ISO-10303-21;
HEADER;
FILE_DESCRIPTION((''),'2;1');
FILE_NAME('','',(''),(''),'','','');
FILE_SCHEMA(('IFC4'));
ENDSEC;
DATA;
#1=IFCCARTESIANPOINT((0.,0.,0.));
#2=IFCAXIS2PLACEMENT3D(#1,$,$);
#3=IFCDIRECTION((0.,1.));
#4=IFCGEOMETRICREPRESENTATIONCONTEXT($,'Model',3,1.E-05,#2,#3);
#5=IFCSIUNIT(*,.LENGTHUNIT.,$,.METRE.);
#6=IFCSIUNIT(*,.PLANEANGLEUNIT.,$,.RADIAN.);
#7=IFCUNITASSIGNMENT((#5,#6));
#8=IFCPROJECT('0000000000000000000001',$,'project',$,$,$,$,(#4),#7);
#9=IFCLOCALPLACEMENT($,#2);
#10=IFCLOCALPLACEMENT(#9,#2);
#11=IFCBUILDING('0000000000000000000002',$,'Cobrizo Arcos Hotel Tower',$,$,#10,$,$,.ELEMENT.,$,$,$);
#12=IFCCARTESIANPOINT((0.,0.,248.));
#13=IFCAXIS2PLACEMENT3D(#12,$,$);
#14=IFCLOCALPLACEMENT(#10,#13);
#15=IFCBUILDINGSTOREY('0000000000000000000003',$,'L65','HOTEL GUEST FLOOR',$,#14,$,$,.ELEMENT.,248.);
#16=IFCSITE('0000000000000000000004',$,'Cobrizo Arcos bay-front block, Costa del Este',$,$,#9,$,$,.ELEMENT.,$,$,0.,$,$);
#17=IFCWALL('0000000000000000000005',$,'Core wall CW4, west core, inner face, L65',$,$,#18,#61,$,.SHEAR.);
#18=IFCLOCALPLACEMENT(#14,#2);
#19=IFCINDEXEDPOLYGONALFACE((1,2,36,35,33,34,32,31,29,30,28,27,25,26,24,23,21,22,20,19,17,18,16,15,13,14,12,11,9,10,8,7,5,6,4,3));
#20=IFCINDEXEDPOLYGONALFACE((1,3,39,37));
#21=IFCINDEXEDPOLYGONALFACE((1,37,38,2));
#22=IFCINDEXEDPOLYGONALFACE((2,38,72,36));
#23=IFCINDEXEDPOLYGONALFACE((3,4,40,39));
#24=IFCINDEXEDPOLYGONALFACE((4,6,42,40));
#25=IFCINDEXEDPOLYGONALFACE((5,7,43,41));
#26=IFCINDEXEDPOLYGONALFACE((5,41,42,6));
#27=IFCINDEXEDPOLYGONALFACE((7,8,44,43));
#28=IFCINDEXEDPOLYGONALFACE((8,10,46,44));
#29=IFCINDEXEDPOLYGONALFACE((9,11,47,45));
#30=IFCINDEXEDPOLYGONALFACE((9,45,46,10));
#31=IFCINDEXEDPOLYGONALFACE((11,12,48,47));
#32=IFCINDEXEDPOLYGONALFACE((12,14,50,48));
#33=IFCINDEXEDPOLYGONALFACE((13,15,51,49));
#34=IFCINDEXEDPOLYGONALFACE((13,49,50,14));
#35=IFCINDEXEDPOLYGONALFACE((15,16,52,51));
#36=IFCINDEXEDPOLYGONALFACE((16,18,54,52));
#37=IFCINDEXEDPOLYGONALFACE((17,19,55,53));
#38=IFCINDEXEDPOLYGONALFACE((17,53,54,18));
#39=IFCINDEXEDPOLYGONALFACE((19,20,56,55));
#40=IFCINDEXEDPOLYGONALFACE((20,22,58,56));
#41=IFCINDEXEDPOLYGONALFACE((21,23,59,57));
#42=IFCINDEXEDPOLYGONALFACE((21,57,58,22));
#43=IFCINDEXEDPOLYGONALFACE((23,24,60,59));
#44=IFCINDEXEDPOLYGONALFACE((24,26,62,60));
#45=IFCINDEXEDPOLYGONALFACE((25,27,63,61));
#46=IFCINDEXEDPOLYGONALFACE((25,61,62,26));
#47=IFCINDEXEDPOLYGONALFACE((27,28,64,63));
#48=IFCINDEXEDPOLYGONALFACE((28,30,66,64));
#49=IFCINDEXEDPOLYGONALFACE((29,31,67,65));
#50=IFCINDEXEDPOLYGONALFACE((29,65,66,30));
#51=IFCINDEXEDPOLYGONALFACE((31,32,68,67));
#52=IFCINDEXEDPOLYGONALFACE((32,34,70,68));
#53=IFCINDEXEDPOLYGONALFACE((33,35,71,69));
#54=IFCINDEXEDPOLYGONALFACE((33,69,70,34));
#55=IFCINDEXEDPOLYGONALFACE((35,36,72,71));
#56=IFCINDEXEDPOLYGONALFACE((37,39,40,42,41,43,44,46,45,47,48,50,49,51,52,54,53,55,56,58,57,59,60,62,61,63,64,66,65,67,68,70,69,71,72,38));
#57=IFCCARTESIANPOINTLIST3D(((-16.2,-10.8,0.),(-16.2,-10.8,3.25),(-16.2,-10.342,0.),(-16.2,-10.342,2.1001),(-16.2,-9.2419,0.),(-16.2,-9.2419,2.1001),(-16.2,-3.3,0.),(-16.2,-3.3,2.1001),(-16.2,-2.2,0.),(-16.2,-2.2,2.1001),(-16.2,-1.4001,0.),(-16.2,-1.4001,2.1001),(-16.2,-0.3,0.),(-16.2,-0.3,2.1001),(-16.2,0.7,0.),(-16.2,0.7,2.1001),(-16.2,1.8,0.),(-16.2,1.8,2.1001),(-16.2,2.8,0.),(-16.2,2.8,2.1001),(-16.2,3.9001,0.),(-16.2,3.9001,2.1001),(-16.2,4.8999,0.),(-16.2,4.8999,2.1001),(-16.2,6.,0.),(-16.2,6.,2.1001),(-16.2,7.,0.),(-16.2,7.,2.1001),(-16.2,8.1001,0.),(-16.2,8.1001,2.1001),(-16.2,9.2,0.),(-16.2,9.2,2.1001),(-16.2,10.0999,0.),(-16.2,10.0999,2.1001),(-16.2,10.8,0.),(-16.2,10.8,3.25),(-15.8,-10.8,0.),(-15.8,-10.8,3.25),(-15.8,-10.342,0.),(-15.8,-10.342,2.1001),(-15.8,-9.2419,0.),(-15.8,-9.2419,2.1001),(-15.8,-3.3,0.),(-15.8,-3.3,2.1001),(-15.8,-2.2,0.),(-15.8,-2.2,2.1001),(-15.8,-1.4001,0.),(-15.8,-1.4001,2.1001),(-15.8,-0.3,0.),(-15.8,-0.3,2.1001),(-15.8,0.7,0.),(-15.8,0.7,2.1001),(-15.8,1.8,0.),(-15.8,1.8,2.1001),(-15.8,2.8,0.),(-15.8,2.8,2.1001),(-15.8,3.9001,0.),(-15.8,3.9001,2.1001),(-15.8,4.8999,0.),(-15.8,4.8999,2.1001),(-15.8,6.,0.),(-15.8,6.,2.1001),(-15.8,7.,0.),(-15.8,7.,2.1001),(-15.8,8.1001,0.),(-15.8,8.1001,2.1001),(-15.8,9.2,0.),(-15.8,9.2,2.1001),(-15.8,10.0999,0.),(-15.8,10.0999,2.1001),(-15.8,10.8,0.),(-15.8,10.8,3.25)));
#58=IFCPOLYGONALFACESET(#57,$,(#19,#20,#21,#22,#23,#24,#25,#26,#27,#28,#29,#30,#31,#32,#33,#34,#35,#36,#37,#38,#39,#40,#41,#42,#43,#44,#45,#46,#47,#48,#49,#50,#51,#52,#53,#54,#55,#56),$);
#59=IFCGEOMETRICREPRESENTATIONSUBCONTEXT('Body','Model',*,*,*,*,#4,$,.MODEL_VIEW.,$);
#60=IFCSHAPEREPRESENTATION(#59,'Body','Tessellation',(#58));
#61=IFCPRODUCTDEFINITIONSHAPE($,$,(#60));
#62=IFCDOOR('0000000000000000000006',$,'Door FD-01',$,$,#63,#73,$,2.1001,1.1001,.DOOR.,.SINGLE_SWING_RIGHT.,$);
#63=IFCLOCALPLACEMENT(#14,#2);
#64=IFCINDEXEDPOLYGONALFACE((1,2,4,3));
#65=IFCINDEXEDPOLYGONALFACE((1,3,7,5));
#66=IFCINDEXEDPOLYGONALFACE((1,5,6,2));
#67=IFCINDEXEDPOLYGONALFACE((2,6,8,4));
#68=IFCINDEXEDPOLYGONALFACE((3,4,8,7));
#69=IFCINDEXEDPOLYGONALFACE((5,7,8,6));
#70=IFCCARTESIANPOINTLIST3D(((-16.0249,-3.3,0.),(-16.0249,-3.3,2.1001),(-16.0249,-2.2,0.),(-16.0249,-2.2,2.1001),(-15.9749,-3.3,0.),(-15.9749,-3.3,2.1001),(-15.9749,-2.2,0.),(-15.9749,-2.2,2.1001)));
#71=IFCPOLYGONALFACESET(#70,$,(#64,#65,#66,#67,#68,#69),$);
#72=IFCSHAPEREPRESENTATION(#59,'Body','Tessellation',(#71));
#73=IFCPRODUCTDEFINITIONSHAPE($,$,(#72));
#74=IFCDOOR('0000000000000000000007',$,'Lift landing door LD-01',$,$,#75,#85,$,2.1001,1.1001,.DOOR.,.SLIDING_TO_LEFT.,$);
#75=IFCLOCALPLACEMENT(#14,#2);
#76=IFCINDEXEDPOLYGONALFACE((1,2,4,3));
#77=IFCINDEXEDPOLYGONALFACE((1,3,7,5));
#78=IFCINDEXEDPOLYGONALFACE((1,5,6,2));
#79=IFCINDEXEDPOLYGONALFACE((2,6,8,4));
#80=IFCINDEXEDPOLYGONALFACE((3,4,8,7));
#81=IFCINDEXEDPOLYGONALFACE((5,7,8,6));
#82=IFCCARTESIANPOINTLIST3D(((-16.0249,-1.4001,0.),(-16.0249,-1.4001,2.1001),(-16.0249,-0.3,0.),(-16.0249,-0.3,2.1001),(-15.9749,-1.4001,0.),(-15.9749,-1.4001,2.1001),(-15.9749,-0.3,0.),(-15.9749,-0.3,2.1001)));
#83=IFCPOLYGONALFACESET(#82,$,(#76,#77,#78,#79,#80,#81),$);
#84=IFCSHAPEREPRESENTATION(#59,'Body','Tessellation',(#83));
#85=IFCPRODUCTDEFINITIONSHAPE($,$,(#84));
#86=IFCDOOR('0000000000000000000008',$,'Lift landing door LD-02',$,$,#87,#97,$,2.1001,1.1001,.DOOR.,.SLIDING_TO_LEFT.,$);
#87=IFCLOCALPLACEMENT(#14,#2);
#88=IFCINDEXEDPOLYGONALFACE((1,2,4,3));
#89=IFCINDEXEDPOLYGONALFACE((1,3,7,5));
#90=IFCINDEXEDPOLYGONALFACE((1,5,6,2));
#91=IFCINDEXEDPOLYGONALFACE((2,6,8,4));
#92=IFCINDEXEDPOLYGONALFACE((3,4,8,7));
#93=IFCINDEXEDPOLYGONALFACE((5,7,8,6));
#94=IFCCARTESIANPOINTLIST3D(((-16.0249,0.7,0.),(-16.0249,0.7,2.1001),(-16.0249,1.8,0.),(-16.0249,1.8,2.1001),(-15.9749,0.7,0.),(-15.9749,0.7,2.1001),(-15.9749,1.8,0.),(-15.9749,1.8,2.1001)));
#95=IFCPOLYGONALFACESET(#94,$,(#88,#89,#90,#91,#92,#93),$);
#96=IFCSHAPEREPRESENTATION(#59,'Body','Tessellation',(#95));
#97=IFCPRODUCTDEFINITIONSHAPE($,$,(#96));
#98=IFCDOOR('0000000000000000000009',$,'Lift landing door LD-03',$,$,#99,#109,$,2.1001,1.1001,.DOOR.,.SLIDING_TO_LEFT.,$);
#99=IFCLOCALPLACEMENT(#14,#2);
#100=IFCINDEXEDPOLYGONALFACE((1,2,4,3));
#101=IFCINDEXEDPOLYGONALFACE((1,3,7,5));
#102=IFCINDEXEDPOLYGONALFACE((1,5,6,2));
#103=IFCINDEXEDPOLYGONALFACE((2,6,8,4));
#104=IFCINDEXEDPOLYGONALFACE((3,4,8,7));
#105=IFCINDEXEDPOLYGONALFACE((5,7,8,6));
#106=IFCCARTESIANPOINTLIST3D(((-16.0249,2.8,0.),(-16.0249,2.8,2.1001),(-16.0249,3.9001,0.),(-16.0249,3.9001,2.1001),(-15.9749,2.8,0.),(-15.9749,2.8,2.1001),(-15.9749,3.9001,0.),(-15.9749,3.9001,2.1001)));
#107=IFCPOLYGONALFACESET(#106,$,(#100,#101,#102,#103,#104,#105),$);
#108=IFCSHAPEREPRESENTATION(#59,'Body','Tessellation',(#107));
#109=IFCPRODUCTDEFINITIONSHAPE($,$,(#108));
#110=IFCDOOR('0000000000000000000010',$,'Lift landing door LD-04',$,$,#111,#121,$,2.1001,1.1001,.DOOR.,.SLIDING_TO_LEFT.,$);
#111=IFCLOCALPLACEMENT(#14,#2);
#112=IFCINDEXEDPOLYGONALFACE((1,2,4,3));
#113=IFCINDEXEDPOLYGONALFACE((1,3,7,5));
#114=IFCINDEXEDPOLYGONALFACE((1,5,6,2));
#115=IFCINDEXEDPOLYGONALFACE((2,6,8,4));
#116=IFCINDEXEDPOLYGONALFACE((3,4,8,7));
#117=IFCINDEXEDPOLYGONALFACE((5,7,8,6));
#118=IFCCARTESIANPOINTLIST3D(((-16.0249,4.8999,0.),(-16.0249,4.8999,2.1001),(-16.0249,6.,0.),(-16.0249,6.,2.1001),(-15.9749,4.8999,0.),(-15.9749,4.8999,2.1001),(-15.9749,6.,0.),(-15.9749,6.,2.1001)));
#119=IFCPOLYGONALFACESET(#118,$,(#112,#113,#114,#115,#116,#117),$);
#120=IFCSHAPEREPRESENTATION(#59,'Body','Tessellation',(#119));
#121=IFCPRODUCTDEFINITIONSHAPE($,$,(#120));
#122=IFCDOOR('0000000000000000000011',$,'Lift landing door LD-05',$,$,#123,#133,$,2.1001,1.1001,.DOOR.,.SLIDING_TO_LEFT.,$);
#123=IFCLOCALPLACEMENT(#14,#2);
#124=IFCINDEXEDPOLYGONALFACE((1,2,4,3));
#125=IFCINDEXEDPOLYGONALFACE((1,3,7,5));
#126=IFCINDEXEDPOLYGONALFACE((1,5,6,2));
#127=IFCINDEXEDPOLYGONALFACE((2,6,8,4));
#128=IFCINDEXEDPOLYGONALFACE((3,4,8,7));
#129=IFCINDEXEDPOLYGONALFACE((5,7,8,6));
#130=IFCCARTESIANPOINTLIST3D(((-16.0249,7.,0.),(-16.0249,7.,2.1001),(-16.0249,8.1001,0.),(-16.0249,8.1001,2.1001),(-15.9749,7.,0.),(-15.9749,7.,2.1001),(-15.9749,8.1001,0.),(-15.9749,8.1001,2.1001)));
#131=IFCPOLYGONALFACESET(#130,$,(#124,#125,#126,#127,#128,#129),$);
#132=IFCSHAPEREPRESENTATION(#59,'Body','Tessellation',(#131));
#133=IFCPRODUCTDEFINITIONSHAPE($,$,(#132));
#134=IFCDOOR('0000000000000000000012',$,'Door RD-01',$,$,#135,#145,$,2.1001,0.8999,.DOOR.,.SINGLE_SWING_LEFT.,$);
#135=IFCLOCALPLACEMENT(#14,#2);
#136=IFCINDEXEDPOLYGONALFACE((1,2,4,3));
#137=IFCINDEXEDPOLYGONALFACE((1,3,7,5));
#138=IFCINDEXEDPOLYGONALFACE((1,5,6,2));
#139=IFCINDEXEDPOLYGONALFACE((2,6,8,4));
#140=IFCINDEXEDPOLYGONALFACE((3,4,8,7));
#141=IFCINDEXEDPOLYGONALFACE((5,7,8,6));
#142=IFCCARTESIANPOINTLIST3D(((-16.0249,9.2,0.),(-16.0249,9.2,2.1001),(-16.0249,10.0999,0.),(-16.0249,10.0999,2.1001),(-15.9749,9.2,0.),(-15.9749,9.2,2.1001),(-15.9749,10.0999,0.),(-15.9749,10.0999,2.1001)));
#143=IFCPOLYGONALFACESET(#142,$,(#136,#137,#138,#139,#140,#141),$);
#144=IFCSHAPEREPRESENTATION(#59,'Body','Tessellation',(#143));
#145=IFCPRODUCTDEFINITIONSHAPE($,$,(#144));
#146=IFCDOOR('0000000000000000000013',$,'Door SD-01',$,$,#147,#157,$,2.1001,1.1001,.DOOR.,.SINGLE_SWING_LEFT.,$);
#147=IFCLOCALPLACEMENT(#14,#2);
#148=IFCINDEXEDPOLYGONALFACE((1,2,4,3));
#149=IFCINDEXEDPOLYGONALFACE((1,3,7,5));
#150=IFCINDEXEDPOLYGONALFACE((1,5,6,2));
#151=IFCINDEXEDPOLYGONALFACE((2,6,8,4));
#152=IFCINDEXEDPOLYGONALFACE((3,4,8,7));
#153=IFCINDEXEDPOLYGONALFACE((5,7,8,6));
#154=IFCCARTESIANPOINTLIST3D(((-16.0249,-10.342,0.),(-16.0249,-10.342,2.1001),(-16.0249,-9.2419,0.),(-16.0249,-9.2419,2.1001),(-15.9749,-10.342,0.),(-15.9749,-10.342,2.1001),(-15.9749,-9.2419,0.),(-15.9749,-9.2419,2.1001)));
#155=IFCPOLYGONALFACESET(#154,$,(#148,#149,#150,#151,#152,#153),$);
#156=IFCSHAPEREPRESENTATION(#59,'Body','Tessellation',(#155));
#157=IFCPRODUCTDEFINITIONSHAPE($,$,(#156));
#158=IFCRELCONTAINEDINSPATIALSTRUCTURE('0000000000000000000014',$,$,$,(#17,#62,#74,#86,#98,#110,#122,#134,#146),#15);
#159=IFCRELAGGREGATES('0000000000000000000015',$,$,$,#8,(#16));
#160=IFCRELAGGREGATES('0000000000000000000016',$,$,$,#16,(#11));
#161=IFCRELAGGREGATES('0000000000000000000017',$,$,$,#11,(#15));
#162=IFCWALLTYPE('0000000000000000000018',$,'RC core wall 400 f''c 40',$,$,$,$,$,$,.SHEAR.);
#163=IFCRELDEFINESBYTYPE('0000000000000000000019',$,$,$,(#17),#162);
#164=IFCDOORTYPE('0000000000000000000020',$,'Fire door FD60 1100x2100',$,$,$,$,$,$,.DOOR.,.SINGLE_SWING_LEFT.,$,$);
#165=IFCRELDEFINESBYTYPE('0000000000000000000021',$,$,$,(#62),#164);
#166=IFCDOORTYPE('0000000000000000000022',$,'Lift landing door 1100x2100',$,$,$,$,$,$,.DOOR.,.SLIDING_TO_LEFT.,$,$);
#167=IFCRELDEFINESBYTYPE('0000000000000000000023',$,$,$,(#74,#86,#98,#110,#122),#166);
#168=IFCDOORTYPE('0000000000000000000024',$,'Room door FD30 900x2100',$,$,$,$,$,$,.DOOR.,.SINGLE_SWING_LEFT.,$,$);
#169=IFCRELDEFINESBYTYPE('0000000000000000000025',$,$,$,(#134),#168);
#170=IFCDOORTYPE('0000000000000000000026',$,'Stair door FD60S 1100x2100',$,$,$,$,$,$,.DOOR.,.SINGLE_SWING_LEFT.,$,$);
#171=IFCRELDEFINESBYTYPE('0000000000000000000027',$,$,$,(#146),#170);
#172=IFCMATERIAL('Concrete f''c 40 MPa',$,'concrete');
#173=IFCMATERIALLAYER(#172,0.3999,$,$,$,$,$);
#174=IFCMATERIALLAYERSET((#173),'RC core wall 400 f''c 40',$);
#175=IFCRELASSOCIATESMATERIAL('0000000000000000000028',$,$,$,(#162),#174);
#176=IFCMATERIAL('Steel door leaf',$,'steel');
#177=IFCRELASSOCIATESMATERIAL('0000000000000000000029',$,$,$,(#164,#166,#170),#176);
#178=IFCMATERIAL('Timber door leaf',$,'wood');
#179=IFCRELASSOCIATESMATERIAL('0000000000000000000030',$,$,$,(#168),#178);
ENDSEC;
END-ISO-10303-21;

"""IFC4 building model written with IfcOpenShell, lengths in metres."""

from ifc_helpers import new_model, si_unit, direction, frame, frame_2d, origin, place, context, subcontext, project, spatial, rectangle, extrude, material, layer, layer_set, type_object, element, fill, save


model = new_model("IFC4")

# Units and contexts
model_context = context("Model", 3, precision=1e-05, world=origin(), true_north=direction((0.0, 1.0)))
body_context = subcontext(model_context, "Body", "Model", "MODEL_VIEW")
ifc_project = project(units=[si_unit("LENGTHUNIT", "METRE"), si_unit("PLANEANGLEUNIT", "RADIAN")], contexts=[model_context])

# Site, building, storey
site_placement = place(None, origin())
site = spatial("IfcSite", under=ifc_project, at=site_placement, Name="Cobrizo Arcos bay-front block, Costa del Este", CompositionType="ELEMENT", RefElevation=0.0)
building_placement = place(site_placement, origin())
building = spatial("IfcBuilding", under=site, at=building_placement, Name="Cobrizo Arcos Hotel Tower", CompositionType="ELEMENT")
storey_placement = place(building_placement, frame((0.0, 0.0, 248.0)))
storey = spatial("IfcBuildingStorey", under=building, at=storey_placement, Name="L65", Description="HOTEL GUEST FLOOR", CompositionType="ELEMENT", Elevation=248.0)

# Shared definitions
ifc_material_1 = material(Name="Timber door leaf", Category="wood")

# Wall, openings, doors
ifc_material_2 = material(Name="Concrete f'c 40 MPa", Category="concrete")
ifc_layer_1 = layer(ifc_material_2, 0.3999)
ifc_layer_set_1 = layer_set([ifc_layer_1], Name="RC core wall 400 f'c 40")
wall_type_1 = type_object("IfcWallType", Name="RC core wall 400 f'c 40", PredefinedType="SHEAR", material=ifc_layer_set_1)
wall_1_placement = place(storey_placement, frame((-16.0, -10.8, 0.0), z_axis=(0.0, 0.0, 1.0), x_axis=(0.0, 1.0, 0.0)))
wall_1 = element("IfcWall", 1, at=wall_1_placement, inside=storey, type_object=wall_type_1, Name="Core wall CW4, west core, inner face, L65", PredefinedType="SHEAR", context=body_context, shape_type="SweptSolid", body=[
    extrude(rectangle(XDim=21.6001, YDim=0.3999, at=frame_2d((10.8, 0.0))), origin(), (0.0, 0.0, 1.0), 3.25),
])
opening_1_placement = place(wall_1_placement, frame((9.3999, 0.0, 0.0)))
opening_1 = element("IfcOpeningElement", 2, at=opening_1_placement, cuts=wall_1, PredefinedType="OPENING", context=body_context, shape_type="SweptSolid", body=[
    extrude(rectangle(XDim=1.1001, YDim=2.1001, at=frame_2d((0.55, 1.05))), frame((0.0, 0.2119, 0.0), z_axis=(0.0, -1.0, 0.0), x_axis=(1.0, 0.0, 0.0)), (0.0, 0.0, 1.0), 0.4238),
])
opening_2_placement = place(wall_1_placement, frame((11.5, 0.0, 0.0)))
opening_2 = element("IfcOpeningElement", 3, at=opening_2_placement, cuts=wall_1, PredefinedType="OPENING", context=body_context, shape_type="SweptSolid", body=[
    extrude(rectangle(XDim=1.1001, YDim=2.1001, at=frame_2d((0.55, 1.05))), frame((0.0, 0.2119, 0.0), z_axis=(0.0, -1.0, 0.0), x_axis=(1.0, 0.0, 0.0)), (0.0, 0.0, 1.0), 0.4238),
])
opening_3_placement = place(wall_1_placement, frame((13.6001, 0.0, 0.0)))
opening_3 = element("IfcOpeningElement", 4, at=opening_3_placement, cuts=wall_1, PredefinedType="OPENING", context=body_context, shape_type="SweptSolid", body=[
    extrude(rectangle(XDim=1.1001, YDim=2.1001, at=frame_2d((0.55, 1.05))), frame((0.0, 0.2119, 0.0), z_axis=(0.0, -1.0, 0.0), x_axis=(1.0, 0.0, 0.0)), (0.0, 0.0, 1.0), 0.4238),
])
opening_4_placement = place(wall_1_placement, frame((15.7, 0.0, 0.0)))
opening_4 = element("IfcOpeningElement", 5, at=opening_4_placement, cuts=wall_1, PredefinedType="OPENING", context=body_context, shape_type="SweptSolid", body=[
    extrude(rectangle(XDim=1.1001, YDim=2.1001, at=frame_2d((0.55, 1.05))), frame((0.0, 0.2119, 0.0), z_axis=(0.0, -1.0, 0.0), x_axis=(1.0, 0.0, 0.0)), (0.0, 0.0, 1.0), 0.4238),
])
opening_5_placement = place(wall_1_placement, frame((17.8, 0.0, 0.0)))
opening_5 = element("IfcOpeningElement", 6, at=opening_5_placement, cuts=wall_1, PredefinedType="OPENING", context=body_context, shape_type="SweptSolid", body=[
    extrude(rectangle(XDim=1.1001, YDim=2.1001, at=frame_2d((0.55, 1.05))), frame((0.0, 0.2119, 0.0), z_axis=(0.0, -1.0, 0.0), x_axis=(1.0, 0.0, 0.0)), (0.0, 0.0, 1.0), 0.4238),
])
opening_6_placement = place(wall_1_placement, frame((0.458, 0.0, 0.0)))
opening_6 = element("IfcOpeningElement", 7, at=opening_6_placement, cuts=wall_1, PredefinedType="OPENING", context=body_context, shape_type="SweptSolid", body=[
    extrude(rectangle(XDim=1.1001, YDim=2.1001, at=frame_2d((0.55, 1.05))), frame((0.0, 0.2119, 0.0), z_axis=(0.0, -1.0, 0.0), x_axis=(1.0, 0.0, 0.0)), (0.0, 0.0, 1.0), 0.4238),
])
opening_7_placement = place(wall_1_placement, frame((7.5, 0.0, 0.0)))
opening_7 = element("IfcOpeningElement", 8, at=opening_7_placement, cuts=wall_1, PredefinedType="OPENING", context=body_context, shape_type="SweptSolid", body=[
    extrude(rectangle(XDim=1.1001, YDim=2.1001, at=frame_2d((0.55, 1.05))), frame((0.0, 0.2119, 0.0), z_axis=(0.0, -1.0, 0.0), x_axis=(1.0, 0.0, 0.0)), (0.0, 0.0, 1.0), 0.4238),
])
opening_8_placement = place(wall_1_placement, frame((20.0, 0.0, 0.0)))
opening_8 = element("IfcOpeningElement", 9, at=opening_8_placement, cuts=wall_1, PredefinedType="OPENING", context=body_context, shape_type="SweptSolid", body=[
    extrude(rectangle(XDim=0.8999, YDim=2.1001, at=frame_2d((0.45, 1.05))), frame((0.0, 0.2119, 0.0), z_axis=(0.0, -1.0, 0.0), x_axis=(1.0, 0.0, 0.0)), (0.0, 0.0, 1.0), 0.4238),
])
ifc_material_3 = material(Name="Steel door leaf", Category="steel")
door_type_1 = type_object("IfcDoorType", Name="Fire door FD60 1100x2100", OperationType="SINGLE_SWING_LEFT", PredefinedType="DOOR", material=ifc_material_3)
door_1_placement = place(opening_7_placement, origin())
door_1 = element("IfcDoor", 10, at=door_1_placement, inside=storey, type_object=door_type_1, Name="Door FD-01", OperationType="SINGLE_SWING_RIGHT", OverallHeight=2.1001, OverallWidth=1.1001, PredefinedType="DOOR", context=body_context, shape_type="SweptSolid", body=[
    extrude(rectangle(XDim=1.1001, YDim=2.1001, at=frame_2d((0.55, 1.05))), frame((0.0, 0.0249, 0.0), z_axis=(0.0, -1.0, 0.0), x_axis=(1.0, 0.0, 0.0)), (0.0, 0.0, 1.0), 0.05),
])
fill(opening_7, door_1)
door_type_2 = type_object("IfcDoorType", Name="Lift landing door 1100x2100", OperationType="SLIDING_TO_LEFT", PredefinedType="DOOR", material=ifc_material_3)
door_2_placement = place(opening_1_placement, origin())
door_2 = element("IfcDoor", 11, at=door_2_placement, inside=storey, type_object=door_type_2, Name="Lift landing door LD-01", OperationType="SLIDING_TO_LEFT", OverallHeight=2.1001, OverallWidth=1.1001, PredefinedType="DOOR", context=body_context, shape_type="SweptSolid", body=[
    extrude(rectangle(XDim=1.1001, YDim=2.1001, at=frame_2d((0.55, 1.05))), frame((0.0, 0.0249, 0.0), z_axis=(0.0, -1.0, 0.0), x_axis=(1.0, 0.0, 0.0)), (0.0, 0.0, 1.0), 0.05),
])
fill(opening_1, door_2)
door_3_placement = place(opening_2_placement, origin())
door_3 = element("IfcDoor", 12, at=door_3_placement, inside=storey, type_object=door_type_2, Name="Lift landing door LD-02", OperationType="SLIDING_TO_LEFT", OverallHeight=2.1001, OverallWidth=1.1001, PredefinedType="DOOR", context=body_context, shape_type="SweptSolid", body=[
    extrude(rectangle(XDim=1.1001, YDim=2.1001, at=frame_2d((0.55, 1.05))), frame((0.0, 0.0249, 0.0), z_axis=(0.0, -1.0, 0.0), x_axis=(1.0, 0.0, 0.0)), (0.0, 0.0, 1.0), 0.05),
])
fill(opening_2, door_3)
door_4_placement = place(opening_3_placement, origin())
door_4 = element("IfcDoor", 13, at=door_4_placement, inside=storey, type_object=door_type_2, Name="Lift landing door LD-03", OperationType="SLIDING_TO_LEFT", OverallHeight=2.1001, OverallWidth=1.1001, PredefinedType="DOOR", context=body_context, shape_type="SweptSolid", body=[
    extrude(rectangle(XDim=1.1001, YDim=2.1001, at=frame_2d((0.55, 1.05))), frame((0.0, 0.0249, 0.0), z_axis=(0.0, -1.0, 0.0), x_axis=(1.0, 0.0, 0.0)), (0.0, 0.0, 1.0), 0.05),
])
fill(opening_3, door_4)
door_5_placement = place(opening_4_placement, origin())
door_5 = element("IfcDoor", 14, at=door_5_placement, inside=storey, type_object=door_type_2, Name="Lift landing door LD-04", OperationType="SLIDING_TO_LEFT", OverallHeight=2.1001, OverallWidth=1.1001, PredefinedType="DOOR", context=body_context, shape_type="SweptSolid", body=[
    extrude(rectangle(XDim=1.1001, YDim=2.1001, at=frame_2d((0.55, 1.05))), frame((0.0, 0.0249, 0.0), z_axis=(0.0, -1.0, 0.0), x_axis=(1.0, 0.0, 0.0)), (0.0, 0.0, 1.0), 0.05),
])
fill(opening_4, door_5)
door_6_placement = place(opening_5_placement, origin())
door_6 = element("IfcDoor", 15, at=door_6_placement, inside=storey, type_object=door_type_2, Name="Lift landing door LD-05", OperationType="SLIDING_TO_LEFT", OverallHeight=2.1001, OverallWidth=1.1001, PredefinedType="DOOR", context=body_context, shape_type="SweptSolid", body=[
    extrude(rectangle(XDim=1.1001, YDim=2.1001, at=frame_2d((0.55, 1.05))), frame((0.0, 0.0249, 0.0), z_axis=(0.0, -1.0, 0.0), x_axis=(1.0, 0.0, 0.0)), (0.0, 0.0, 1.0), 0.05),
])
fill(opening_5, door_6)
door_type_3 = type_object("IfcDoorType", Name="Room door FD30 900x2100", OperationType="SINGLE_SWING_LEFT", PredefinedType="DOOR", material=ifc_material_1)
door_7_placement = place(opening_8_placement, origin())
door_7 = element("IfcDoor", 16, at=door_7_placement, inside=storey, type_object=door_type_3, Name="Door RD-01", OperationType="SINGLE_SWING_LEFT", OverallHeight=2.1001, OverallWidth=0.8999, PredefinedType="DOOR", context=body_context, shape_type="SweptSolid", body=[
    extrude(rectangle(XDim=0.8999, YDim=2.1001, at=frame_2d((0.45, 1.05))), frame((0.0, 0.0249, 0.0), z_axis=(0.0, -1.0, 0.0), x_axis=(1.0, 0.0, 0.0)), (0.0, 0.0, 1.0), 0.05),
])
fill(opening_8, door_7)
door_type_4 = type_object("IfcDoorType", Name="Stair door FD60S 1100x2100", OperationType="SINGLE_SWING_LEFT", PredefinedType="DOOR", material=ifc_material_3)
door_8_placement = place(opening_6_placement, origin())
door_8 = element("IfcDoor", 17, at=door_8_placement, inside=storey, type_object=door_type_4, Name="Door SD-01", OperationType="SINGLE_SWING_LEFT", OverallHeight=2.1001, OverallWidth=1.1001, PredefinedType="DOOR", context=body_context, shape_type="SweptSolid", body=[
    extrude(rectangle(XDim=1.1001, YDim=2.1001, at=frame_2d((0.55, 1.05))), frame((0.0, 0.0249, 0.0), z_axis=(0.0, -1.0, 0.0), x_axis=(1.0, 0.0, 0.0)), (0.0, 0.0, 1.0), 0.05),
])
fill(opening_6, door_8)

save(model, "model.ifc")
